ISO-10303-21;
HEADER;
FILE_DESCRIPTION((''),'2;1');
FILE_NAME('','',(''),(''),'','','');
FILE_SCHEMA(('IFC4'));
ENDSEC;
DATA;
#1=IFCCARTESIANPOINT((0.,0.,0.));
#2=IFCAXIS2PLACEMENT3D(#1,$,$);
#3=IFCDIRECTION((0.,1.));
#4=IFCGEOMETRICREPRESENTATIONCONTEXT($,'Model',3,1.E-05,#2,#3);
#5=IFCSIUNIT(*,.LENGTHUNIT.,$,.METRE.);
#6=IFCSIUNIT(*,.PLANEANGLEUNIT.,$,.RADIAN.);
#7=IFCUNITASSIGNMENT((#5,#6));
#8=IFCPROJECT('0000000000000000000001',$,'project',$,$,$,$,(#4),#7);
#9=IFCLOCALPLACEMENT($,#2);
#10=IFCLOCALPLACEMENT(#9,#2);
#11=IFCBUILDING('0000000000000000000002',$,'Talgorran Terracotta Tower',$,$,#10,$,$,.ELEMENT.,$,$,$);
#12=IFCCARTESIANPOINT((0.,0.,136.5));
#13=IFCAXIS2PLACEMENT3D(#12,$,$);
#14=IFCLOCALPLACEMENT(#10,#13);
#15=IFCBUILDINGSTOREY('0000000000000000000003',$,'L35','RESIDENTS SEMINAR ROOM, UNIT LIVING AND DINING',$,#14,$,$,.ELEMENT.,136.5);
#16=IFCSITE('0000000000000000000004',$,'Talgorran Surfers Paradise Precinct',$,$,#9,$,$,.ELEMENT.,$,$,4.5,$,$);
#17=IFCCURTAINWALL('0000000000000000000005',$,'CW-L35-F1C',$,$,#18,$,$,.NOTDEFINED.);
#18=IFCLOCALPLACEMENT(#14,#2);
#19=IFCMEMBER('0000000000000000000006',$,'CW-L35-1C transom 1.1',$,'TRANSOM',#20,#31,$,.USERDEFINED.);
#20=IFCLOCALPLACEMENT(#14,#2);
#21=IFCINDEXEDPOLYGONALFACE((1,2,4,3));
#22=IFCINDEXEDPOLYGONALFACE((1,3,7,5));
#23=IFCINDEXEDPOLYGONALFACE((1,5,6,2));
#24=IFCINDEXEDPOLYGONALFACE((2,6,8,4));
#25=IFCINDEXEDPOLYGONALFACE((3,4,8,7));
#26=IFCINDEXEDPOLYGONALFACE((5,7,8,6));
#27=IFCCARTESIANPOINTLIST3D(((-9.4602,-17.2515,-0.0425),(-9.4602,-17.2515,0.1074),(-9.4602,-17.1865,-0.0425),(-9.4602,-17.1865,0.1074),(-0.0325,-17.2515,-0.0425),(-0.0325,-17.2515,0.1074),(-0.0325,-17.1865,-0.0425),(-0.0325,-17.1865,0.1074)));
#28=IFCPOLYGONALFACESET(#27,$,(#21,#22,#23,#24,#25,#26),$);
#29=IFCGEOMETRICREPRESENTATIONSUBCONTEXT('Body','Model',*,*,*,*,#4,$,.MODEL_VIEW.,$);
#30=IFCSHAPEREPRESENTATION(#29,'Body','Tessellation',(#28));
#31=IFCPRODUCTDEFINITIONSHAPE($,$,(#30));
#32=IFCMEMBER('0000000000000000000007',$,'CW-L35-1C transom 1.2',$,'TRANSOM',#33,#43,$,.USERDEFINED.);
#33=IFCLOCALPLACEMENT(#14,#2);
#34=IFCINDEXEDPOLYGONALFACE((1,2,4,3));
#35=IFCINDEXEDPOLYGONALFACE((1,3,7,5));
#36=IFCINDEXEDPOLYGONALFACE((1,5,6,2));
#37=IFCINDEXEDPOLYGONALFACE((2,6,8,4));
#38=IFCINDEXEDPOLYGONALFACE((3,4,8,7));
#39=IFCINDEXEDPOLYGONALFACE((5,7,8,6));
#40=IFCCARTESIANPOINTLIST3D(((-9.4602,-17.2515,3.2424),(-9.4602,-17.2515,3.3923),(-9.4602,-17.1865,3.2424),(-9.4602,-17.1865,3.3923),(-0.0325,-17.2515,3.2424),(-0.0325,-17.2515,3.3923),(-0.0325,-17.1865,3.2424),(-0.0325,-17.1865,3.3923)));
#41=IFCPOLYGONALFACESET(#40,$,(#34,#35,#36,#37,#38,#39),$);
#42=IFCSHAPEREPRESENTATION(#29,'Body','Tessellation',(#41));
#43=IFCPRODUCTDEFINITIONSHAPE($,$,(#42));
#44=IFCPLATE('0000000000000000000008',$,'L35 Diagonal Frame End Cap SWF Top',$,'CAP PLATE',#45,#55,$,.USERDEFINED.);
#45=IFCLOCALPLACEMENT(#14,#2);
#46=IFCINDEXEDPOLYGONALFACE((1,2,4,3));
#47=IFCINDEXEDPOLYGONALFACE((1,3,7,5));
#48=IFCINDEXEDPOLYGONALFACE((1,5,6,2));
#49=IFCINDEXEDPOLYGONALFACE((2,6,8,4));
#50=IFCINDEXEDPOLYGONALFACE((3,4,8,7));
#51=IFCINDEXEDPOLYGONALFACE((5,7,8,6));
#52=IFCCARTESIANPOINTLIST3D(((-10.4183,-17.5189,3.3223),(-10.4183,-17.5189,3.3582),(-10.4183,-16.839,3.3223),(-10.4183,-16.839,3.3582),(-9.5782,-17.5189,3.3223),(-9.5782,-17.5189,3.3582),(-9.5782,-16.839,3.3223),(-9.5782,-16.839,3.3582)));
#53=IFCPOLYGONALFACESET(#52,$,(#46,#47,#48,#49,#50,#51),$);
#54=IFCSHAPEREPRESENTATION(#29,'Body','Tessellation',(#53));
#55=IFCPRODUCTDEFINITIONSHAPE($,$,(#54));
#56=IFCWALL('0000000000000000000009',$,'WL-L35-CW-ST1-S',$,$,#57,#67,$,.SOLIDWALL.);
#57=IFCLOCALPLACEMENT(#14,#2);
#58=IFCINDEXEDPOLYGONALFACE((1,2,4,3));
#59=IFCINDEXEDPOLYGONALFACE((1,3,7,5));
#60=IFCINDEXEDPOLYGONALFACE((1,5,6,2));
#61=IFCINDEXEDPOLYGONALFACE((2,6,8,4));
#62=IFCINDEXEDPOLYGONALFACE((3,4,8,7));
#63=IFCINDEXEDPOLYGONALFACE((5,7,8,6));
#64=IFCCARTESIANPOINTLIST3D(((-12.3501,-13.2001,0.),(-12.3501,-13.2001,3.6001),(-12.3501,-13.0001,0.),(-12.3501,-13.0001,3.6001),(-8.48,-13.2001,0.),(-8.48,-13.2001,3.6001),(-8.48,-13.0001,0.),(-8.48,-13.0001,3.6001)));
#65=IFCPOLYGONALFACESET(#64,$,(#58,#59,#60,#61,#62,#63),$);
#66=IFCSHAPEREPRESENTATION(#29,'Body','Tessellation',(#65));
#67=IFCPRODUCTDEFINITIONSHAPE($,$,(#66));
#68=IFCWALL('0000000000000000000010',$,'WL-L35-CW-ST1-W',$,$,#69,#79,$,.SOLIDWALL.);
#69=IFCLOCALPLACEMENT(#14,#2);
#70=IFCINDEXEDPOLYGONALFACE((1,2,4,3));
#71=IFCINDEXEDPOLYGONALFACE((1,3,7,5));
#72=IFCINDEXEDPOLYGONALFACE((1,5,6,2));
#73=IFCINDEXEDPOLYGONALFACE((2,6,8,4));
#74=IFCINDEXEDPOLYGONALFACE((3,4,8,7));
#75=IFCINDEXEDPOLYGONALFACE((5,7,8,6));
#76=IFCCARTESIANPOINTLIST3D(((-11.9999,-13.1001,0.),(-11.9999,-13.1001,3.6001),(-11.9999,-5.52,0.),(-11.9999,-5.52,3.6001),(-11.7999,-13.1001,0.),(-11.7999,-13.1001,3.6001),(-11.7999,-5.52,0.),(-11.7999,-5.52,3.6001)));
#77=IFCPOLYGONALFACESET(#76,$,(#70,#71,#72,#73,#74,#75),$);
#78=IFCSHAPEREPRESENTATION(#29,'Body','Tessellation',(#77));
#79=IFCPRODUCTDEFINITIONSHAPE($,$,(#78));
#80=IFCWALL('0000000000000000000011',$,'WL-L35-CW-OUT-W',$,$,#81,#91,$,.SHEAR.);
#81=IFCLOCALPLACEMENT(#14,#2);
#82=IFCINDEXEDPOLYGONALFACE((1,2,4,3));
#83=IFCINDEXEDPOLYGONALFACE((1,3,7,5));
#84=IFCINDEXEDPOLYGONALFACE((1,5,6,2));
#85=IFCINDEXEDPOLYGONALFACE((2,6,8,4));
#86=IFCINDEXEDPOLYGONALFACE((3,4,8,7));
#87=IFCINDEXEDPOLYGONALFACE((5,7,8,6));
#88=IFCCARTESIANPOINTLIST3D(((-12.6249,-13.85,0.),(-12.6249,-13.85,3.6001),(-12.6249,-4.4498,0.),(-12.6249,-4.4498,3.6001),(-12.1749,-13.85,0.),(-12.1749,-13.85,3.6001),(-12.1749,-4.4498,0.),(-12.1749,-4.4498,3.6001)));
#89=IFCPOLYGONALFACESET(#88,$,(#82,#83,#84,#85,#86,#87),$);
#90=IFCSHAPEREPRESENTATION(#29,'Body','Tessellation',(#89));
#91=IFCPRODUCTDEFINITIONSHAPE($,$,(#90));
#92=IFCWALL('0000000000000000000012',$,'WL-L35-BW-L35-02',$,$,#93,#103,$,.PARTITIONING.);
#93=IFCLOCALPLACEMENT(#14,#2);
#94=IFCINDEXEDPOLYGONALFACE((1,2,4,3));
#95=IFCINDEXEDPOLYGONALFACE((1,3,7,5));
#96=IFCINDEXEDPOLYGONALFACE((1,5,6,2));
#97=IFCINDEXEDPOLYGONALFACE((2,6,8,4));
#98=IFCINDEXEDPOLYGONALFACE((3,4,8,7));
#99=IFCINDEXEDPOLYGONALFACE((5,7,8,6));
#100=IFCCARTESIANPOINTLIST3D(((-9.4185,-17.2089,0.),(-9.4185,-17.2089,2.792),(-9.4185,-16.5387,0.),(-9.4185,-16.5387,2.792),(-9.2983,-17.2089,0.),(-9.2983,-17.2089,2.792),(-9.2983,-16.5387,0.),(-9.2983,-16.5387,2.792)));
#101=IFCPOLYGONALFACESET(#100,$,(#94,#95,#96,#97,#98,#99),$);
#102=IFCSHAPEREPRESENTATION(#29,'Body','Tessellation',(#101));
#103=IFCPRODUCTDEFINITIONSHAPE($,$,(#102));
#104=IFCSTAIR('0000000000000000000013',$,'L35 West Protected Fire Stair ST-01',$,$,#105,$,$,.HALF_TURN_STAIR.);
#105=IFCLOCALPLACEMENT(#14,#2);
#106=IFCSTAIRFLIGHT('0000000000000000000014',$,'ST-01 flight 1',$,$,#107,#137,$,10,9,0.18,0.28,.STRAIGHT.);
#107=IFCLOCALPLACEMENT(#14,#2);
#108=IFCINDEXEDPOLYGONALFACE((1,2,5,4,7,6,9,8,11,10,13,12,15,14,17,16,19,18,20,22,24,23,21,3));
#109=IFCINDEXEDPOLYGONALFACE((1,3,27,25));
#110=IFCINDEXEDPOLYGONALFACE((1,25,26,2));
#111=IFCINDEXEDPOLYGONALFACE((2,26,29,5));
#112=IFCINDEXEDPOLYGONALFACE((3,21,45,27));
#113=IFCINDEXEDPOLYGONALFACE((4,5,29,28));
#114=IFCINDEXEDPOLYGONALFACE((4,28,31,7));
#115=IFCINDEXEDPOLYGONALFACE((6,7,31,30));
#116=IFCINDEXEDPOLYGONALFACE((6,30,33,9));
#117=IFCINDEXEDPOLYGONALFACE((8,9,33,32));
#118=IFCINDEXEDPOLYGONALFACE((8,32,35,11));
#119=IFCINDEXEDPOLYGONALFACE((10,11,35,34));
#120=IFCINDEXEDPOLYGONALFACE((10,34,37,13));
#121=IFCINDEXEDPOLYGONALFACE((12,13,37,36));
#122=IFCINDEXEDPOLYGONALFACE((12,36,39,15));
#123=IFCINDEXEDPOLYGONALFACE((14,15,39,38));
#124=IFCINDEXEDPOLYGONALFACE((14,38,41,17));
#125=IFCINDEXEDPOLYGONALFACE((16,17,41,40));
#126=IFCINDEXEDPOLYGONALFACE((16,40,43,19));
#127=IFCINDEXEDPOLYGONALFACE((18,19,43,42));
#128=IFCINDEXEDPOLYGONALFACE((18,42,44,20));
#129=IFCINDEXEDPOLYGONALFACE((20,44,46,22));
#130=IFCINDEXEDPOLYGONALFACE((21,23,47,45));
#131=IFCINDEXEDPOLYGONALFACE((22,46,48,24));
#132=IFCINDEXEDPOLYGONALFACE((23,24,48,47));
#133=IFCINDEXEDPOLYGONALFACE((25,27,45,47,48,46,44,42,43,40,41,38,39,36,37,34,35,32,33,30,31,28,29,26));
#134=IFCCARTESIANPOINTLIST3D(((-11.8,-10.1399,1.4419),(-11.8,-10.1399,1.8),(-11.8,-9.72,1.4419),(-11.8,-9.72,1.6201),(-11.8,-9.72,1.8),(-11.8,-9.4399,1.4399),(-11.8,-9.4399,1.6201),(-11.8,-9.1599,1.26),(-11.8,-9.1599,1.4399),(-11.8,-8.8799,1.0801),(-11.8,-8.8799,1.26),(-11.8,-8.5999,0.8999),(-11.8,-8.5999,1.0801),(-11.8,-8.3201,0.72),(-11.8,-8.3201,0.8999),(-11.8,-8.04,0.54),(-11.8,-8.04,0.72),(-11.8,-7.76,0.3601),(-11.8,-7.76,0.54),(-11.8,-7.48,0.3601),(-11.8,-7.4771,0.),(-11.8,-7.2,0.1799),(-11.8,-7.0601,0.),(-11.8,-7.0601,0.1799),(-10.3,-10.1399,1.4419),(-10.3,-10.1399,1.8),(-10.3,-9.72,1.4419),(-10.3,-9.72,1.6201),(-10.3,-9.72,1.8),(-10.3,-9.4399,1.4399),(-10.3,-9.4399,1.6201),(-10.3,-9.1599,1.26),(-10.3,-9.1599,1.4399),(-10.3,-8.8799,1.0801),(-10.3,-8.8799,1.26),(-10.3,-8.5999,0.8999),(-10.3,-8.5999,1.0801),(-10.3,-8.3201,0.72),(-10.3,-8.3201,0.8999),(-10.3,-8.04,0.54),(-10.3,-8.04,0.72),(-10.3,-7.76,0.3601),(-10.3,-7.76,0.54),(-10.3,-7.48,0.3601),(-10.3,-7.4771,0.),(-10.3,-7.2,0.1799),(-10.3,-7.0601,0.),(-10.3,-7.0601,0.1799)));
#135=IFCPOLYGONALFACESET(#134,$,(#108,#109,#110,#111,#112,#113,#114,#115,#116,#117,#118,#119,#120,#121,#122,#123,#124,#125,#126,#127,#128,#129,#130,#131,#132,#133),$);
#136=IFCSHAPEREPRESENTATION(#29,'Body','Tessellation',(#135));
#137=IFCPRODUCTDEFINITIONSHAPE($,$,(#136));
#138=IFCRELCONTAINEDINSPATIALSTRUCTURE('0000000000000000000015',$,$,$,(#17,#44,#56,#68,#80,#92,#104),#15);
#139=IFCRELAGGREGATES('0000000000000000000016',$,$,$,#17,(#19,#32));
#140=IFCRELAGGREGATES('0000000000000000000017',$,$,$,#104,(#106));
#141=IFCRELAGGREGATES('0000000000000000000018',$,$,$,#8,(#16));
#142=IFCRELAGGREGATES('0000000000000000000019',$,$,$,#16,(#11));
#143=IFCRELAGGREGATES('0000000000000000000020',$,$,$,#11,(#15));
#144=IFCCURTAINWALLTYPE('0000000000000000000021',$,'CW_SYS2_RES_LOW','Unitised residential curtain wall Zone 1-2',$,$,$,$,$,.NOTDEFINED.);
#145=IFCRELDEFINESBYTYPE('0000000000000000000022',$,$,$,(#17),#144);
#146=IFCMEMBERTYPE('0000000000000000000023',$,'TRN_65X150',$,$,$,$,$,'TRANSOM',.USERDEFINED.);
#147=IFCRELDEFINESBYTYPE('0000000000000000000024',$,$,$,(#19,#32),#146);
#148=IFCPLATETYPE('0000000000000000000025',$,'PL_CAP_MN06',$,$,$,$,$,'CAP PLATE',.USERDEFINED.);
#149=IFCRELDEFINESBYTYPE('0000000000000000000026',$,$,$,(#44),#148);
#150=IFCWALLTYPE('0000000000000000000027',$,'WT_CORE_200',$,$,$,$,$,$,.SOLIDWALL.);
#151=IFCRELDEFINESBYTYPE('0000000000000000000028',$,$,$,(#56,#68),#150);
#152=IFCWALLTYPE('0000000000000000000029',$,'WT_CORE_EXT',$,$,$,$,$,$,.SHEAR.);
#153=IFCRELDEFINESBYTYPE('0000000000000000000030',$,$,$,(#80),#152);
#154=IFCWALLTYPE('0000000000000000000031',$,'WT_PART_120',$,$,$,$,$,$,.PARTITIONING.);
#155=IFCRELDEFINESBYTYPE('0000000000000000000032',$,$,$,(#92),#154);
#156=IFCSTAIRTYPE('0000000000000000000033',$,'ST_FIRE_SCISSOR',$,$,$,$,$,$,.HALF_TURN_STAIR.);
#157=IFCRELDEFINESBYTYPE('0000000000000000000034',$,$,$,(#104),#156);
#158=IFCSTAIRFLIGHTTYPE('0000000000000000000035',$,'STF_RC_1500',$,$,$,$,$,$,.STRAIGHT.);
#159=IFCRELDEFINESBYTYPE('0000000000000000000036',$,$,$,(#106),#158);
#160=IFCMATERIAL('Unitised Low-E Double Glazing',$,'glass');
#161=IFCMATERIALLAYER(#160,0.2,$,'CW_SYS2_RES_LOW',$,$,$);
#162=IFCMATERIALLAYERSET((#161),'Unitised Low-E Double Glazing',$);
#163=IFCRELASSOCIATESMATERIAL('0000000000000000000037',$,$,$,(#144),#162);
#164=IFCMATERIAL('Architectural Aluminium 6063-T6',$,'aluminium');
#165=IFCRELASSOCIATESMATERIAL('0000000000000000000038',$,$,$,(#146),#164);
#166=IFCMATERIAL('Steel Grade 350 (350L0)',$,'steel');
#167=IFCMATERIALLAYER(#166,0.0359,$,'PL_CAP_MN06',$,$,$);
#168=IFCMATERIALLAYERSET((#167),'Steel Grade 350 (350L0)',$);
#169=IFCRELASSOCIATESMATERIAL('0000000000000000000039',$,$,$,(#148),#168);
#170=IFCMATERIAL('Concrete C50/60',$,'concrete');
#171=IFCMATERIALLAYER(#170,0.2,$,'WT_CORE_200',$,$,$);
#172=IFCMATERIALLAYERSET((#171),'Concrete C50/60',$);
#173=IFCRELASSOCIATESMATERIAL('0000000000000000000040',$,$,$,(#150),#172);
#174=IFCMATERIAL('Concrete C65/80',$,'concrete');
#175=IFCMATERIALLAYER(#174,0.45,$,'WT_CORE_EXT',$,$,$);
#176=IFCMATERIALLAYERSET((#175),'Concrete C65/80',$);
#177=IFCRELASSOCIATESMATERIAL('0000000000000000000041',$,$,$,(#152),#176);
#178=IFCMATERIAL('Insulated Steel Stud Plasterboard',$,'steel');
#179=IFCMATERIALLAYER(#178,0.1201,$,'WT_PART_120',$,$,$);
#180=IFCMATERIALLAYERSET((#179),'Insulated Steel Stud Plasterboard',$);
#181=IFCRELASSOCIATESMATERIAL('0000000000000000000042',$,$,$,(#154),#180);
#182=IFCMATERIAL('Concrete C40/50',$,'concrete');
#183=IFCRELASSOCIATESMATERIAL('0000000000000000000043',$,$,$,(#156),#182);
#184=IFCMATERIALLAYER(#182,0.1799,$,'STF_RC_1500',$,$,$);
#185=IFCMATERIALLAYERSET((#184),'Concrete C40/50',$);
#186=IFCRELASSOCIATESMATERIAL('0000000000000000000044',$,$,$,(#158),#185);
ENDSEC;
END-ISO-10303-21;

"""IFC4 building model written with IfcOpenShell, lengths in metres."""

from ifc_helpers import new_model, si_unit, direction, frame, frame_2d, origin, origin_2d, place, context, subcontext, project, spatial, polyline, rectangle, outline, extrude, material, layer, layer_set, material_profile, profile_set, type_object, element, aggregate, save


model = new_model("IFC4")

# Units and contexts
model_context = context("Model", 3, precision=1e-05, world=origin(), true_north=direction((0.0, 1.0)))
body_context = subcontext(model_context, "Body", "Model", "MODEL_VIEW")
ifc_project = project(units=[si_unit("LENGTHUNIT", "METRE"), si_unit("PLANEANGLEUNIT", "RADIAN")], contexts=[model_context])

# Site, building, storey
site_placement = place(None, origin())
site = spatial("IfcSite", under=ifc_project, at=site_placement, Name="Talgorran Surfers Paradise Precinct", CompositionType="ELEMENT", RefElevation=4.5)
building_placement = place(site_placement, origin())
building = spatial("IfcBuilding", under=site, at=building_placement, Name="Talgorran Terracotta Tower", CompositionType="ELEMENT")
storey_placement = place(building_placement, frame((0.0, 0.0, 136.5)))
storey = spatial("IfcBuildingStorey", under=building, at=storey_placement, Name="L35", Description="RESIDENTS SEMINAR ROOM, UNIT LIVING AND DINING", CompositionType="ELEMENT", Elevation=136.5)

# Shared definitions
ifc_material_1 = material(Name="Steel Grade 350 (350L0)", Category="steel")

# Shared definitions
ifc_material_2 = material(Name="Unitised Low-E Double Glazing", Category="glass")
ifc_layer_1 = layer(ifc_material_2, 0.2, Name="CW_SYS2_RES_LOW")
ifc_layer_set_1 = layer_set([ifc_layer_1], Name="Unitised Low-E Double Glazing")
curtain_wall_type = type_object("IfcCurtainWallType", Name="CW_SYS2_RES_LOW", Description="Unitised residential curtain wall Zone 1-2", PredefinedType="NOTDEFINED", material=ifc_layer_set_1)
ifc_material_3 = material(Name="Architectural Aluminium 6063-T6", Category="aluminium")

# Curtain wall, members
curtain_wall_1_placement = place(storey_placement, origin())
curtain_wall_1 = element("IfcCurtainWall", 1, at=curtain_wall_1_placement, inside=storey, type_object=curtain_wall_type, Name="CW-L35-F1C", PredefinedType="NOTDEFINED")
ifc_material_profile_1 = material_profile(ifc_material_3, rectangle(XDim=0.0649, YDim=0.1499, at=origin_2d()), Name="CWT65X150")
ifc_profile_set_1 = profile_set([ifc_material_profile_1], Name="Architectural Aluminium 6063-T6")
member_type_1 = type_object("IfcMemberType", Name="TRN_65X150", ElementType="TRANSOM", PredefinedType="USERDEFINED", material=ifc_profile_set_1)
member_1_placement = place(storey_placement, frame((-9.4602, -17.219, 0.0325), z_axis=(1.0, 0.0, 0.0), x_axis=(0.0, 1.0, 0.0)))
member_1 = element("IfcMember", 2, at=member_1_placement, type_object=member_type_1, Name="CW-L35-1C transom 1.1", ObjectType="TRANSOM", PredefinedType="USERDEFINED", context=body_context, shape_type="SweptSolid", body=[
    extrude(rectangle(XDim=0.0649, YDim=0.1499, at=origin_2d()), origin(), (0.0, 0.0, 1.0), 9.4277),
])
member_2_placement = place(storey_placement, frame((-9.4602, -17.219, 3.3174), z_axis=(1.0, 0.0, 0.0), x_axis=(0.0, 1.0, 0.0)))
member_2 = element("IfcMember", 3, at=member_2_placement, type_object=member_type_1, Name="CW-L35-1C transom 1.2", ObjectType="TRANSOM", PredefinedType="USERDEFINED", context=body_context, shape_type="SweptSolid", body=[
    extrude(rectangle(XDim=0.0649, YDim=0.1499, at=origin_2d()), origin(), (0.0, 0.0, 1.0), 9.4277),
])
aggregate(curtain_wall_1, [member_1, member_2])

# Plate
ifc_layer_2 = layer(ifc_material_1, 0.0359, Name="PL_CAP_MN06")
ifc_layer_set_2 = layer_set([ifc_layer_2], Name="Steel Grade 350 (350L0)")
plate_type = type_object("IfcPlateType", Name="PL_CAP_MN06", ElementType="CAP PLATE", PredefinedType="USERDEFINED", material=ifc_layer_set_2)
plate_placement = place(storey_placement, frame((-9.9983, -17.179, 3.3223), z_axis=(0.0, 0.0, 1.0), x_axis=(1.0, 0.0, 0.0)))
element("IfcPlate", 4, at=plate_placement, inside=storey, type_object=plate_type, Name="L35 Diagonal Frame End Cap SWF Top", ObjectType="CAP PLATE", PredefinedType="USERDEFINED", context=body_context, shape_type="SweptSolid", body=[
    extrude(rectangle(XDim=0.8401, YDim=0.6799, at=origin_2d()), origin(), (0.0, 0.0, 1.0), 0.0359),
])

# Walls
ifc_material_4 = material(Name="Concrete C50/60", Category="concrete")
ifc_layer_3 = layer(ifc_material_4, 0.2, Name="WT_CORE_200")
ifc_layer_set_3 = layer_set([ifc_layer_3], Name="Concrete C50/60")
wall_type_1 = type_object("IfcWallType", Name="WT_CORE_200", PredefinedType="SOLIDWALL", material=ifc_layer_set_3)
wall_1_placement = place(storey_placement, frame((-12.3501, -13.1001, 0.0), z_axis=(0.0, 0.0, 1.0), x_axis=(1.0, 0.0, 0.0)))
element("IfcWall", 5, at=wall_1_placement, inside=storey, type_object=wall_type_1, Name="WL-L35-CW-ST1-S", PredefinedType="SOLIDWALL", context=body_context, shape_type="SweptSolid", body=[
    extrude(rectangle(XDim=3.8701, YDim=0.2, at=frame_2d((1.9351, 0.0))), origin(), (0.0, 0.0, 1.0), 3.6001),
])
wall_2_placement = place(storey_placement, frame((-11.8999, -13.1001, 0.0), z_axis=(0.0, 0.0, 1.0), x_axis=(0.0, 1.0, 0.0)))
element("IfcWall", 6, at=wall_2_placement, inside=storey, type_object=wall_type_1, Name="WL-L35-CW-ST1-W", PredefinedType="SOLIDWALL", context=body_context, shape_type="SweptSolid", body=[
    extrude(rectangle(XDim=7.5801, YDim=0.2, at=frame_2d((3.79, 0.0))), origin(), (0.0, 0.0, 1.0), 3.6001),
])
ifc_material_5 = material(Name="Concrete C65/80", Category="concrete")
ifc_layer_4 = layer(ifc_material_5, 0.45, Name="WT_CORE_EXT")
ifc_layer_set_4 = layer_set([ifc_layer_4], Name="Concrete C65/80")
wall_type_2 = type_object("IfcWallType", Name="WT_CORE_EXT", PredefinedType="SHEAR", material=ifc_layer_set_4)
wall_3_placement = place(storey_placement, frame((-12.3999, -13.8501, 0.0), z_axis=(0.0, 0.0, 1.0), x_axis=(0.0, 1.0, 0.0)))
element("IfcWall", 7, at=wall_3_placement, inside=storey, type_object=wall_type_2, Name="WL-L35-CW-OUT-W", PredefinedType="SHEAR", context=body_context, shape_type="SweptSolid", body=[
    extrude(rectangle(XDim=9.4001, YDim=0.45, at=frame_2d((4.7002, 0.0))), origin(), (0.0, 0.0, 1.0), 3.6001),
])
ifc_material_6 = material(Name="Insulated Steel Stud Plasterboard", Category="steel")
ifc_layer_5 = layer(ifc_material_6, 0.1201, Name="WT_PART_120")
ifc_layer_set_5 = layer_set([ifc_layer_5], Name="Insulated Steel Stud Plasterboard")
wall_type_3 = type_object("IfcWallType", Name="WT_PART_120", PredefinedType="PARTITIONING", material=ifc_layer_set_5)
wall_4_placement = place(storey_placement, frame((-9.3584, -16.5388, 0.0), z_axis=(0.0, 0.0, 1.0), x_axis=(0.0, -1.0, 0.0)))
element("IfcWall", 8, at=wall_4_placement, inside=storey, type_object=wall_type_3, Name="WL-L35-BW-L35-02", PredefinedType="PARTITIONING", context=body_context, shape_type="SweptSolid", body=[
    extrude(rectangle(XDim=0.6702, YDim=0.1201, at=frame_2d((0.335, 0.0))), origin(), (0.0, 0.0, 1.0), 2.792),
])

# Stair, stair flight
ifc_material_7 = material(Name="Concrete C40/50", Category="concrete")
stair_type = type_object("IfcStairType", Name="ST_FIRE_SCISSOR", PredefinedType="HALF_TURN_STAIR", material=ifc_material_7)
stair_placement = place(storey_placement, origin())
stair = element("IfcStair", 9, at=stair_placement, inside=storey, type_object=stair_type, Name="L35 West Protected Fire Stair ST-01", PredefinedType="HALF_TURN_STAIR")
ifc_layer_6 = layer(ifc_material_7, 0.1799, Name="STF_RC_1500")
ifc_layer_set_6 = layer_set([ifc_layer_6], Name="Concrete C40/50")
stair_flight_type = type_object("IfcStairFlightType", Name="STF_RC_1500", PredefinedType="STRAIGHT", material=ifc_layer_set_6)
stair_flight_placement = place(storey_placement, frame((-11.05, -7.2, 0.0), z_axis=(0.0, 0.0, 1.0), x_axis=(0.0, -1.0, 0.0)))
stair_flight = element("IfcStairFlight", 10, at=stair_flight_placement, type_object=stair_flight_type, Name="ST-01 flight 1", NumberOfRisers=10, NumberOfTreads=9, PredefinedType="STRAIGHT", RiserHeight=0.18, TreadLength=0.28, context=body_context, shape_type="SweptSolid", body=[
    extrude(outline(polyline([(-0.1399, 0.0), (-0.1399, 0.1799), (0.0, 0.1799), (0.28, 0.3601), (0.5601, 0.3601), (0.5601, 0.54), (0.8401, 0.54), (0.8401, 0.72), (1.1201, 0.72), (1.1201, 0.8999), (1.3999, 0.8999), (1.3999, 1.0801), (1.6799, 1.0801), (1.6799, 1.26), (1.96, 1.26), (1.96, 1.4399), (2.24, 1.4399), (2.24, 1.6201), (2.52, 1.6201), (2.52, 1.8), (2.9399, 1.8), (2.9399, 1.4419), (2.52, 1.4419), (0.2771, 0.0), (-0.1399, 0.0)])), frame((0.0, 0.75, 0.0), z_axis=(0.0, -1.0, 0.0), x_axis=(1.0, 0.0, 0.0)), (0.0, 0.0, 1.0), 1.5),
])
aggregate(stair, [stair_flight])

save(model, "model.ifc")
